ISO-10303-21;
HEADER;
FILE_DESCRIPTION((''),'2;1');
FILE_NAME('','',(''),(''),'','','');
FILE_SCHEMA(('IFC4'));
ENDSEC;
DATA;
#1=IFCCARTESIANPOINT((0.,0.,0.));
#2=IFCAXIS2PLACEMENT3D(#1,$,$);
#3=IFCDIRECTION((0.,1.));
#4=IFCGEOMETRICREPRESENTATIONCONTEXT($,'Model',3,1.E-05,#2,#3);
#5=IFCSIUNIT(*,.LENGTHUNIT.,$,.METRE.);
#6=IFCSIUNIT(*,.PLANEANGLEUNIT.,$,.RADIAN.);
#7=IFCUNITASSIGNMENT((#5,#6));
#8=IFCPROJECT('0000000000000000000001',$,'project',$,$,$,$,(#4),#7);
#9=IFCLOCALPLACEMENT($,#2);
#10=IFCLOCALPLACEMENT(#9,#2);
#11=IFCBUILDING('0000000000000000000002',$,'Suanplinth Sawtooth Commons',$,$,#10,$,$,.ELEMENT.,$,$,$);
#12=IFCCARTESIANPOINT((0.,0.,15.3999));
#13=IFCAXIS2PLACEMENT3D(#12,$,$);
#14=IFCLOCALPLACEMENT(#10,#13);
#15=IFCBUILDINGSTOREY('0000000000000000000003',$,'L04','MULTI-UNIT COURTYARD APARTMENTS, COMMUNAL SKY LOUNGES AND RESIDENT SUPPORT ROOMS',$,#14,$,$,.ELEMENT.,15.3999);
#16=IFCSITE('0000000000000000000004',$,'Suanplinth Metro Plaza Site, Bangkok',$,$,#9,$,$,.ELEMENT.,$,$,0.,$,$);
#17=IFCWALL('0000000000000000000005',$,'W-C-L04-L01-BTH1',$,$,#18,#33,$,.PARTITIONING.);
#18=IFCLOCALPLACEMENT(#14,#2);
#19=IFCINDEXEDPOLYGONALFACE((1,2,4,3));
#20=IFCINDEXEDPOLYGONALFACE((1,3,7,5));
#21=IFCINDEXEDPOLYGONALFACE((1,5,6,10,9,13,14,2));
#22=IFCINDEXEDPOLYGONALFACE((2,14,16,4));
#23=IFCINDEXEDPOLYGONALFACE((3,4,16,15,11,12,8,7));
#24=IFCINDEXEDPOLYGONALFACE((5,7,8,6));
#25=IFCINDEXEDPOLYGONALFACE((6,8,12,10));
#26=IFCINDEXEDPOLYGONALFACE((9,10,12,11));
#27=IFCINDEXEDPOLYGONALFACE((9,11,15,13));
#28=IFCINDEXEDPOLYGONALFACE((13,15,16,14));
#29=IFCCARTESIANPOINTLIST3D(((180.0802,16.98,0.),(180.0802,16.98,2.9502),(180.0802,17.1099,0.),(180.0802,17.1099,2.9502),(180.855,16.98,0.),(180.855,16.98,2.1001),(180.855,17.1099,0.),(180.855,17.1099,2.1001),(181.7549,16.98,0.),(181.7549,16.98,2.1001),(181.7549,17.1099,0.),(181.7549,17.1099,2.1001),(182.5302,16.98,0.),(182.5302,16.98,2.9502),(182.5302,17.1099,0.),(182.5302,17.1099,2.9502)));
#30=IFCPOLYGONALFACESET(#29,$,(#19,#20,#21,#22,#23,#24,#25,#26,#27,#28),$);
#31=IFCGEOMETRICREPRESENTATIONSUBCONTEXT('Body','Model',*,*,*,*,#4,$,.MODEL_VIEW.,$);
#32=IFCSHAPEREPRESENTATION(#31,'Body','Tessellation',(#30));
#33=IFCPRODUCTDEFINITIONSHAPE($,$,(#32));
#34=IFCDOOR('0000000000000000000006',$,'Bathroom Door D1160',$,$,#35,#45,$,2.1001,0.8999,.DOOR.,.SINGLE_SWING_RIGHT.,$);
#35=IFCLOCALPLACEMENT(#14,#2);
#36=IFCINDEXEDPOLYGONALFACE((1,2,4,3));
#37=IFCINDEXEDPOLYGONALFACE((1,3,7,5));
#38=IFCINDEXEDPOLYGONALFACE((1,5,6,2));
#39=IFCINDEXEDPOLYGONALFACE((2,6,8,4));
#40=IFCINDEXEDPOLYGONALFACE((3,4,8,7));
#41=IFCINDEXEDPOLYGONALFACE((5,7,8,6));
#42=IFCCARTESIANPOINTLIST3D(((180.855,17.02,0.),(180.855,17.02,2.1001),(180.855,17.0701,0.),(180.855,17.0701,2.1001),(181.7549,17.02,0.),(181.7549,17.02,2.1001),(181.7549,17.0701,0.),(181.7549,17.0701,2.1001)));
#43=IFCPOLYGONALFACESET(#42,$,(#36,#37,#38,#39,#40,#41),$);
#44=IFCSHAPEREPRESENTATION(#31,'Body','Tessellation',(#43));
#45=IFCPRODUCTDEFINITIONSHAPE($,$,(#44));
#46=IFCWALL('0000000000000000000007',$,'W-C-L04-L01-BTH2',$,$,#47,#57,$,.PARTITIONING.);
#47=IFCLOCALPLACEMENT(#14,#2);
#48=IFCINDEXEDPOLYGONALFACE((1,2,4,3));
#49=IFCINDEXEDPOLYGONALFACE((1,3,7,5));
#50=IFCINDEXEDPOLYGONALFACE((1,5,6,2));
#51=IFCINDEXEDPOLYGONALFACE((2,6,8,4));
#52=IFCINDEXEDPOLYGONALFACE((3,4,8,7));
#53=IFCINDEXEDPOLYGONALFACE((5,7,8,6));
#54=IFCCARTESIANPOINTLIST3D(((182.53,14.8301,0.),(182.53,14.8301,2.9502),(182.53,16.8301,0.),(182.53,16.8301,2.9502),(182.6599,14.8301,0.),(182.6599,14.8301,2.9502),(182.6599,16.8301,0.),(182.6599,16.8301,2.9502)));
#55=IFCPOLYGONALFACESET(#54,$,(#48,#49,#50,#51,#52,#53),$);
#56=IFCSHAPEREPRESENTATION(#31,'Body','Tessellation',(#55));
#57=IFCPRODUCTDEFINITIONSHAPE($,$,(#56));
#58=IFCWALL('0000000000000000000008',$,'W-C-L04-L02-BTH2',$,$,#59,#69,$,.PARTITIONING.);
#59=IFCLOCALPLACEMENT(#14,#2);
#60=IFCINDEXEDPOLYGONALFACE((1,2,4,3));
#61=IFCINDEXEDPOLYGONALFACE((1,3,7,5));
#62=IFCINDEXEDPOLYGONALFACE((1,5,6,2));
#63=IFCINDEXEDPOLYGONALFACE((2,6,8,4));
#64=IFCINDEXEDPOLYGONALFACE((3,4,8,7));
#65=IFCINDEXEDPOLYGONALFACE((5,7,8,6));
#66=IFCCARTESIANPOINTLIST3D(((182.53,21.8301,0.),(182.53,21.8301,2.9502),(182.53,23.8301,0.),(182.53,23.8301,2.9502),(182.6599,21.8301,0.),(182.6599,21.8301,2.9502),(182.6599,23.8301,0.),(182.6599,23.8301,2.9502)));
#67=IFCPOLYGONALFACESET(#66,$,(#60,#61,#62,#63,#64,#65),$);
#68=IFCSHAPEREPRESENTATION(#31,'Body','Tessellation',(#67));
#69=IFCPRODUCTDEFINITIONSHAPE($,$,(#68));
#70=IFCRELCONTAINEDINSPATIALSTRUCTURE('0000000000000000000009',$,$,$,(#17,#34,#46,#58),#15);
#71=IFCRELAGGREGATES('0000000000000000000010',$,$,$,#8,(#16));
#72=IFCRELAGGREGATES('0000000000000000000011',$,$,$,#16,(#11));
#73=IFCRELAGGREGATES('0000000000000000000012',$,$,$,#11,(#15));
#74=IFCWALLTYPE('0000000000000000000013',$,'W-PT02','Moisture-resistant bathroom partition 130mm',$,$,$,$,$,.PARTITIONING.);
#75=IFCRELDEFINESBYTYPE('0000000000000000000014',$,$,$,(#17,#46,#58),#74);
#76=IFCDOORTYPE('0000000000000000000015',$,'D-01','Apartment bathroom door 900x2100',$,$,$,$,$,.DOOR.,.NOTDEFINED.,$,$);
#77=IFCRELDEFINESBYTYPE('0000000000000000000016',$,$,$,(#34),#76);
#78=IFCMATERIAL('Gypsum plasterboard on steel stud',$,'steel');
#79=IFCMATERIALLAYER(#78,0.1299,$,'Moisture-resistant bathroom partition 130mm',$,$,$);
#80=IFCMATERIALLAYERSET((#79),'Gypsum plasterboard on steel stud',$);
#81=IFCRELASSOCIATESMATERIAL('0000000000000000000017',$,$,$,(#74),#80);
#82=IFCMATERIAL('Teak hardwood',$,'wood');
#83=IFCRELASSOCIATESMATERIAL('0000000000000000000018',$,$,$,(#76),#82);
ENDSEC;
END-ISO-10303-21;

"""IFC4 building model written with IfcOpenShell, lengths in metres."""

from ifc_helpers import new_model, si_unit, direction, frame, frame_2d, origin, place, context, subcontext, project, spatial, rectangle, extrude, material, layer, layer_set, type_object, element, fill, save


model = new_model("IFC4")

# Units and contexts
model_context = context("Model", 3, precision=1e-05, world=origin(), true_north=direction((0.0, 1.0)))
body_context = subcontext(model_context, "Body", "Model", "MODEL_VIEW")
ifc_project = project(units=[si_unit("LENGTHUNIT", "METRE"), si_unit("PLANEANGLEUNIT", "RADIAN")], contexts=[model_context])

# Site, building, storey
site_placement = place(None, origin())
site = spatial("IfcSite", under=ifc_project, at=site_placement, Name="Suanplinth Metro Plaza Site, Bangkok", CompositionType="ELEMENT", RefElevation=0.0)
building_placement = place(site_placement, origin())
building = spatial("IfcBuilding", under=site, at=building_placement, Name="Suanplinth Sawtooth Commons", CompositionType="ELEMENT")
storey_placement = place(building_placement, frame((0.0, 0.0, 15.3999)))
storey = spatial("IfcBuildingStorey", under=building, at=storey_placement, Name="L04", Description="MULTI-UNIT COURTYARD APARTMENTS, COMMUNAL SKY LOUNGES AND RESIDENT SUPPORT ROOMS", CompositionType="ELEMENT", Elevation=15.3999)

# Shared definitions
ifc_material_1 = material(Name="Teak hardwood", Category="wood")

# Wall, opening, door
ifc_material_2 = material(Name="Gypsum plasterboard on steel stud", Category="steel")
ifc_layer_1 = layer(ifc_material_2, 0.1299, Name="Moisture-resistant bathroom partition 130mm")
ifc_layer_set_1 = layer_set([ifc_layer_1], Name="Gypsum plasterboard on steel stud")
wall_type_1 = type_object("IfcWallType", Name="W-PT02", Description="Moisture-resistant bathroom partition 130mm", PredefinedType="PARTITIONING", material=ifc_layer_set_1)
wall_1_placement = place(storey_placement, frame((180.0801, 17.0449, 0.0), z_axis=(0.0, 0.0, 1.0), x_axis=(1.0, 0.0, 0.0)))
wall_1 = element("IfcWall", 1, at=wall_1_placement, inside=storey, type_object=wall_type_1, Name="W-C-L04-L01-BTH1", PredefinedType="PARTITIONING", context=body_context, shape_type="SweptSolid", body=[
    extrude(rectangle(XDim=2.45, YDim=0.1299, at=frame_2d((1.2251, 0.0))), origin(), (0.0, 0.0, 1.0), 2.9502),
])
opening_1_placement = place(wall_1_placement, frame((0.7749, 0.0, 0.0)))
opening_1 = element("IfcOpeningElement", 2, at=opening_1_placement, cuts=wall_1, PredefinedType="OPENING", context=body_context, shape_type="SweptSolid", body=[
    extrude(rectangle(XDim=0.8999, YDim=2.1001, at=frame_2d((0.45, 1.05))), frame((0.0, 0.0798, 0.0), z_axis=(0.0, -1.0, 0.0), x_axis=(1.0, 0.0, 0.0)), (0.0, 0.0, 1.0), 0.1597),
])
door_type_1 = type_object("IfcDoorType", Name="D-01", Description="Apartment bathroom door 900x2100", OperationType="NOTDEFINED", PredefinedType="DOOR", material=ifc_material_1)
door_1_placement = place(opening_1_placement, frame((0.8999, 0.0, 0.0), z_axis=(0.0, 0.0, 1.0), x_axis=(-1.0, 0.0, 0.0)))
door_1 = element("IfcDoor", 3, at=door_1_placement, inside=storey, type_object=door_type_1, Name="Bathroom Door D1160", OperationType="SINGLE_SWING_RIGHT", OverallHeight=2.1001, OverallWidth=0.8999, PredefinedType="DOOR", context=body_context, shape_type="SweptSolid", body=[
    extrude(rectangle(XDim=0.8999, YDim=2.1001, at=frame_2d((0.45, 1.05))), frame((0.0, 0.0249, 0.0), z_axis=(0.0, -1.0, 0.0), x_axis=(1.0, 0.0, 0.0)), (0.0, 0.0, 1.0), 0.05),
])
fill(opening_1, door_1)

# Walls
for number, where, z_axis, x_axis, name in (
    (4, (182.595, 14.8301, 0.0), (0.0, 0.0, 1.0), (0.0, 1.0, 0.0), "W-C-L04-L01-BTH2"),
    (5, (182.595, 21.8301, 0.0), (0.0, 0.0, 1.0), (0.0, 1.0, 0.0), "W-C-L04-L02-BTH2"),
):
    element("IfcWall", number, at=place(storey_placement, frame(where, z_axis=z_axis, x_axis=x_axis)), inside=storey, type_object=wall_type_1, Name=name, PredefinedType="PARTITIONING", context=body_context, shape_type="SweptSolid", body=[
        extrude(rectangle(XDim=2.0, YDim=0.1299, at=frame_2d((1.0, 0.0))), origin(), (0.0, 0.0, 1.0), 2.9502),
    ])

save(model, "model.ifc")
